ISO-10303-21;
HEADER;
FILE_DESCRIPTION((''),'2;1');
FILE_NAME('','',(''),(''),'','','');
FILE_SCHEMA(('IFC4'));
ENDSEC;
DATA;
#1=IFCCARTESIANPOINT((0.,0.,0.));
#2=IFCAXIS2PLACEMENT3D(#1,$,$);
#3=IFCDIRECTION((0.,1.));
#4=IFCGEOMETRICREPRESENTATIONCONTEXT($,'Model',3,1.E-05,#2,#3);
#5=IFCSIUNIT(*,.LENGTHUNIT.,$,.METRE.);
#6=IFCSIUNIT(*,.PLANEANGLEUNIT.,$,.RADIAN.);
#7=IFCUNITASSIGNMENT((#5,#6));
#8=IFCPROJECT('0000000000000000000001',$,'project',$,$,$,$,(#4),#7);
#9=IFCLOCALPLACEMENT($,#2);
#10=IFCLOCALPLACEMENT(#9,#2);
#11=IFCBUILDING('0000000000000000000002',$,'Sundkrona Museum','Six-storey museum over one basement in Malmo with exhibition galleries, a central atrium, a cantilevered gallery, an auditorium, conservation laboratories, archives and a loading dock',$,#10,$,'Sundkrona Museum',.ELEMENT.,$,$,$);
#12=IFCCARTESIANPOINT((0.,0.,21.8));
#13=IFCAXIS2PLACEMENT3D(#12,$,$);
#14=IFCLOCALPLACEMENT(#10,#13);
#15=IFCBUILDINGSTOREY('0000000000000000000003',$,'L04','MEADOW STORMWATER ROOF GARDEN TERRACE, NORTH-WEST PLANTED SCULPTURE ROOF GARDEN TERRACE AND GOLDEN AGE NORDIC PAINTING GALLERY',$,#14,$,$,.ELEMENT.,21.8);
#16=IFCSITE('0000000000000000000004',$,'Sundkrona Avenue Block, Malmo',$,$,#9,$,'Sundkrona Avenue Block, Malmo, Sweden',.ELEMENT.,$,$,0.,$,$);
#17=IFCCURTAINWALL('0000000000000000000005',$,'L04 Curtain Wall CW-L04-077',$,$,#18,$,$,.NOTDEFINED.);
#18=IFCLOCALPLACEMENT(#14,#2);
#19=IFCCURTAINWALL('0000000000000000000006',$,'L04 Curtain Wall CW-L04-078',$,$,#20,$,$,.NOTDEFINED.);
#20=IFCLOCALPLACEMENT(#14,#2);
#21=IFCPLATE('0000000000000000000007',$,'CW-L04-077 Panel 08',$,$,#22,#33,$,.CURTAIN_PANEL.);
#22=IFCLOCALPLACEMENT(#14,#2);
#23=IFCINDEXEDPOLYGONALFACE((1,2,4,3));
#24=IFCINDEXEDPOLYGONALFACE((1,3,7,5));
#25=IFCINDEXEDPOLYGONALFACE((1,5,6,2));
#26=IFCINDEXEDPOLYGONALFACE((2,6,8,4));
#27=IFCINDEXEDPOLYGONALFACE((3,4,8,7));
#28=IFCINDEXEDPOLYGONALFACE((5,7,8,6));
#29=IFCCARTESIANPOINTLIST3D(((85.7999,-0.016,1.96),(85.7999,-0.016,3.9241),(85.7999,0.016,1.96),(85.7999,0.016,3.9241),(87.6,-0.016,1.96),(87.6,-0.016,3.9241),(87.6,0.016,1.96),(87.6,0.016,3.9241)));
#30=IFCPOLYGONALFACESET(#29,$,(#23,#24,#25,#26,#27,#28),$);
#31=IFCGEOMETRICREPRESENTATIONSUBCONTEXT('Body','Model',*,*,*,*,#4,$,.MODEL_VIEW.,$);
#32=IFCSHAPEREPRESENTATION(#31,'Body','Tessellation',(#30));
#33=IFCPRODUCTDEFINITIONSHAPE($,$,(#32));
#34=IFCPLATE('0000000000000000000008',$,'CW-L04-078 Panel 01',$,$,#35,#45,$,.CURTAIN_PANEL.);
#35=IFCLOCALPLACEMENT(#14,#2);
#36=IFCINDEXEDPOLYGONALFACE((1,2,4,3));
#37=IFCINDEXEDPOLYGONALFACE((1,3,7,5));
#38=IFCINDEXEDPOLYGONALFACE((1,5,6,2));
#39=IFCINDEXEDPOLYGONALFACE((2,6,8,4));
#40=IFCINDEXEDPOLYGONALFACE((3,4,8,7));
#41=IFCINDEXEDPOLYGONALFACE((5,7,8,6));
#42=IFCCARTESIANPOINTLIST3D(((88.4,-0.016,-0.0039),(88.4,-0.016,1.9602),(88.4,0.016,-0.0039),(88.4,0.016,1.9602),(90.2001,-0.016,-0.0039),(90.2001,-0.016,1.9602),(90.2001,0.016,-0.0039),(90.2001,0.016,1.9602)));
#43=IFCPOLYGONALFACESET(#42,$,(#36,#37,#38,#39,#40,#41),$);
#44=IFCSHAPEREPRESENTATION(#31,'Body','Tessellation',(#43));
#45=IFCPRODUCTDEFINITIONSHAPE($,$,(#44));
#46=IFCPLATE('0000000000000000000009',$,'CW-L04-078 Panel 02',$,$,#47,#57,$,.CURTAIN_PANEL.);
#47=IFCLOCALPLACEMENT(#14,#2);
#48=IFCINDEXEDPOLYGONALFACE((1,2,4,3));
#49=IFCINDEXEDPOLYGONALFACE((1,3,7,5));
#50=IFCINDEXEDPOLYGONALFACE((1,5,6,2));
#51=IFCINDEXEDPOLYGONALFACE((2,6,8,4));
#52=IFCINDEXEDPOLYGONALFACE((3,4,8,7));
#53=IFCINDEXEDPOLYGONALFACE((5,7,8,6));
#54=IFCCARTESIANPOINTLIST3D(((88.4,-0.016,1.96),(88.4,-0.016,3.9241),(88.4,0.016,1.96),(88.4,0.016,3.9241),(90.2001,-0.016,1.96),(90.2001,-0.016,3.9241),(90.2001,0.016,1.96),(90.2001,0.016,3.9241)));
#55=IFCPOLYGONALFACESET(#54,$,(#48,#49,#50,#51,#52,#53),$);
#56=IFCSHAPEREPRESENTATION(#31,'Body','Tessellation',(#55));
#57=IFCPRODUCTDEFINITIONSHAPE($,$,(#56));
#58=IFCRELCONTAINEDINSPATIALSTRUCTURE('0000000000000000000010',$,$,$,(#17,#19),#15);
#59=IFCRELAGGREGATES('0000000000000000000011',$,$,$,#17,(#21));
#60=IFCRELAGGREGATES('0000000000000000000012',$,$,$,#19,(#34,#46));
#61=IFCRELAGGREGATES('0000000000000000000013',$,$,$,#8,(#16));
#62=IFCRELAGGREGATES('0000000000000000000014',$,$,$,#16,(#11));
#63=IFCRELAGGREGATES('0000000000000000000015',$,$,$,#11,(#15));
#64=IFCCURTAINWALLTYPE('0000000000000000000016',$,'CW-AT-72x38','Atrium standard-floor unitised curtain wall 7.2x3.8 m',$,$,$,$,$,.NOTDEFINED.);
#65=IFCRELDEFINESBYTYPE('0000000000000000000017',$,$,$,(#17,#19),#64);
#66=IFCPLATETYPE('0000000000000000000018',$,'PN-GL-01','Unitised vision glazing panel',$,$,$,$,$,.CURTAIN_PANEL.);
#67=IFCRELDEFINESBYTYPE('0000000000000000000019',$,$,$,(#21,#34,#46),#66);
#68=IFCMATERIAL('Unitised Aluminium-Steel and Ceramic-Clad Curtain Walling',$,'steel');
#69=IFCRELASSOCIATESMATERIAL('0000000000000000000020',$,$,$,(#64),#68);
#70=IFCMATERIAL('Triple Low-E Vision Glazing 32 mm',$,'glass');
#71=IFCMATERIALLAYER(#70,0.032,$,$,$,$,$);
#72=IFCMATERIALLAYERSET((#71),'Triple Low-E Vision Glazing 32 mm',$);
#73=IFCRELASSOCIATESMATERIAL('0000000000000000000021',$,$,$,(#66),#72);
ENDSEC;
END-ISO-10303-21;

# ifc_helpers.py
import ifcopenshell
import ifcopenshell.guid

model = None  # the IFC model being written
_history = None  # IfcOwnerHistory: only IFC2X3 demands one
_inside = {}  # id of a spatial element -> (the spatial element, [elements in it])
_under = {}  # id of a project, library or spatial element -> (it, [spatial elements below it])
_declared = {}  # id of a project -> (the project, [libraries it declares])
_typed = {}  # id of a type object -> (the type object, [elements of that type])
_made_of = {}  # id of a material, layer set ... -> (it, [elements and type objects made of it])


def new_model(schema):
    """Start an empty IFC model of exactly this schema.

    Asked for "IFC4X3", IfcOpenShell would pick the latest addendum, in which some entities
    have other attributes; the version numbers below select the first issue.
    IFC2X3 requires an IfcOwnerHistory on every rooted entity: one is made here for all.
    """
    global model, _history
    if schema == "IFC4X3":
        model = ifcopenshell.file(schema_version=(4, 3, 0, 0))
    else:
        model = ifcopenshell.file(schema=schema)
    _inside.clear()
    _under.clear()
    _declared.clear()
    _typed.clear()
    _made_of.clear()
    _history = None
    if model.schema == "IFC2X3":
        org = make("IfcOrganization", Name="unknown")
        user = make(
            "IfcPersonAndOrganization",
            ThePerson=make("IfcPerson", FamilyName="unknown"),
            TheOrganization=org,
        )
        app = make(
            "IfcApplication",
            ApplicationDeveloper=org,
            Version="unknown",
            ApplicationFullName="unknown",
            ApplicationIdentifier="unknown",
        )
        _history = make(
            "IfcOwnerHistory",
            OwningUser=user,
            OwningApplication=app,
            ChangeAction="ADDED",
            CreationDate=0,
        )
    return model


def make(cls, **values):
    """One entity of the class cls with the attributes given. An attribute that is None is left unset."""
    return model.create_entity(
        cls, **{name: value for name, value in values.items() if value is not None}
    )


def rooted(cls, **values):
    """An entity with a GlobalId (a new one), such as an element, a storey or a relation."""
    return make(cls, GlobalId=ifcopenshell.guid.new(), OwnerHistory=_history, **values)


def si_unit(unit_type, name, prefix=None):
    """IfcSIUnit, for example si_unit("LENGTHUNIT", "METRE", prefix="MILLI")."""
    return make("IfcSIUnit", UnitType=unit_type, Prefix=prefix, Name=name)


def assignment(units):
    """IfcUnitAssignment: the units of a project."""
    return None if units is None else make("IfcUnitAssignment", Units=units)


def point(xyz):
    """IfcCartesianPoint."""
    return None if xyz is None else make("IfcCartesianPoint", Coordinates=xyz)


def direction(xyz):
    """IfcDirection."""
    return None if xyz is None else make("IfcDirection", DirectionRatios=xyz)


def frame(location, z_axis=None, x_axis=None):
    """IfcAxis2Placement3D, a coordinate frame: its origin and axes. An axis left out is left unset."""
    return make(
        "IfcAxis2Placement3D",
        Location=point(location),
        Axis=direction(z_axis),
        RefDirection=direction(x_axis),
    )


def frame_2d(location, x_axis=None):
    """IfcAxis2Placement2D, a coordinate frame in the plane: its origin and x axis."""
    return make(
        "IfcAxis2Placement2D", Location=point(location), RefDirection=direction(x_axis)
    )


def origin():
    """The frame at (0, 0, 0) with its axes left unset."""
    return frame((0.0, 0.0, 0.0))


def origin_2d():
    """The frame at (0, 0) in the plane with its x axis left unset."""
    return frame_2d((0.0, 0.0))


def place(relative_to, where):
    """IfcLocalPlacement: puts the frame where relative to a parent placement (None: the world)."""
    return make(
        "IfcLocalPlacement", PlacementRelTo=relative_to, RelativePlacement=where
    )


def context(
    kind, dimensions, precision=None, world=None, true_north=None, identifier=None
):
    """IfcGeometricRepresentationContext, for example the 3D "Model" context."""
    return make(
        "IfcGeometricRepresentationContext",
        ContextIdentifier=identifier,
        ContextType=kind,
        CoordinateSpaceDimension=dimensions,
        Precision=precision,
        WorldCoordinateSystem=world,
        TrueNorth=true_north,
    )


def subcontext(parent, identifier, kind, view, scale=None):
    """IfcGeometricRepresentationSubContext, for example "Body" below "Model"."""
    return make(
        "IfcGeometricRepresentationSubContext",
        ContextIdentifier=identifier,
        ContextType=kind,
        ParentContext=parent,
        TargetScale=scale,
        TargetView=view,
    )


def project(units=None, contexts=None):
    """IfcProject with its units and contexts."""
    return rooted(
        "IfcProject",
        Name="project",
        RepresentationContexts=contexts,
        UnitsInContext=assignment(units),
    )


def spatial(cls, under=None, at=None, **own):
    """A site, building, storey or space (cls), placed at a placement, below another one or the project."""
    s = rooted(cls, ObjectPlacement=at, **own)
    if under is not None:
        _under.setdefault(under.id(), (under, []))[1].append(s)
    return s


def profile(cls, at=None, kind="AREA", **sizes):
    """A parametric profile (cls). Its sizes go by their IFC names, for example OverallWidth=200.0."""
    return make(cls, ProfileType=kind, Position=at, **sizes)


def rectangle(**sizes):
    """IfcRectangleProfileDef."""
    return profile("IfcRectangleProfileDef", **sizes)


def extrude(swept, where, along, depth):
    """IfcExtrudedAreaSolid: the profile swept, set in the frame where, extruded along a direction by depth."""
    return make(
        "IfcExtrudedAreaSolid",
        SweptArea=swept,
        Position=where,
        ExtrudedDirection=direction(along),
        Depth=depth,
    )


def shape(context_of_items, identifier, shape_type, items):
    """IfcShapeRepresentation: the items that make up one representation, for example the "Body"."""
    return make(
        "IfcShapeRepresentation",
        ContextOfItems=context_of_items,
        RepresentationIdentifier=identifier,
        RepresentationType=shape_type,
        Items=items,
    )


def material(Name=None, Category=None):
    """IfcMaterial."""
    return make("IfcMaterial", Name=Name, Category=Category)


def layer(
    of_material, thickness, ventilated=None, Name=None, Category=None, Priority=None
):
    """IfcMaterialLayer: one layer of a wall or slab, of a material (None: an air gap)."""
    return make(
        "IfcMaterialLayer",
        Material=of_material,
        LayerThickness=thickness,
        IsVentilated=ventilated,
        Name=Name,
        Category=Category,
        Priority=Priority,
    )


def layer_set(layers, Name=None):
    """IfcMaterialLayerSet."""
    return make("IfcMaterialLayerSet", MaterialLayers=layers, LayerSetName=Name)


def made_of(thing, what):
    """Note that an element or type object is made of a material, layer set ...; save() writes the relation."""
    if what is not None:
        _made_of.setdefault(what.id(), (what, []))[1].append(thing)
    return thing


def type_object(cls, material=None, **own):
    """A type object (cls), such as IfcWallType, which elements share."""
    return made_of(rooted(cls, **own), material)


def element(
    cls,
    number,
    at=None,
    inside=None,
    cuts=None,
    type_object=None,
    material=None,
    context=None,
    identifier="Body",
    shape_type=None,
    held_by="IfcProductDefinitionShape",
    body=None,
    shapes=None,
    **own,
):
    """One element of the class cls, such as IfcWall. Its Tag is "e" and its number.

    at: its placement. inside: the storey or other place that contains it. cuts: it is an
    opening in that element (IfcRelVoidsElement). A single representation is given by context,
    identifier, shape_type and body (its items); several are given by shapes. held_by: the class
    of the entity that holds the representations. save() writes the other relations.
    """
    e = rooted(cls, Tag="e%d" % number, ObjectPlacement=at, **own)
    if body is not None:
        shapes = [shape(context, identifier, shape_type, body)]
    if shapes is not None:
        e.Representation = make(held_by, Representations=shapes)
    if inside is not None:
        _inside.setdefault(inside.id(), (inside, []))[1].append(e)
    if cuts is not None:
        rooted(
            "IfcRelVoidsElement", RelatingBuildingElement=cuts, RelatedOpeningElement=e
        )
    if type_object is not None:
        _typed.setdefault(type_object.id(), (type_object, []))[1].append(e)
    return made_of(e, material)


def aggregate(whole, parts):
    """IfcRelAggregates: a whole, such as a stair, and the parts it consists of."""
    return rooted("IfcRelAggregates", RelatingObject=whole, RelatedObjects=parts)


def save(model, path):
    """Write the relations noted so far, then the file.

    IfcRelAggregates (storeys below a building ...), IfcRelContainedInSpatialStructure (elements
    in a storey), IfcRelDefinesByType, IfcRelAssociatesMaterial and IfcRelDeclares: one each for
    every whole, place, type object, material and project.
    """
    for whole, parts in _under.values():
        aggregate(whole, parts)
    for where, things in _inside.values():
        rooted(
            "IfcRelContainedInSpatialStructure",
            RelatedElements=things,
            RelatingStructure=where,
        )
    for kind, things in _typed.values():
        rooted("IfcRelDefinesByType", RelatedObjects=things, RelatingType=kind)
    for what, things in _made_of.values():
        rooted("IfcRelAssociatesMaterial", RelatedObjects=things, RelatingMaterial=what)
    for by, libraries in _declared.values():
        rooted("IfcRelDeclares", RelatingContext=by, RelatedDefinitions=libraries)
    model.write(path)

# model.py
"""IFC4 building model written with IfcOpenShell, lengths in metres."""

from ifc_helpers import new_model, si_unit, direction, frame, origin, origin_2d, place, context, subcontext, project, spatial, rectangle, extrude, material, layer, layer_set, type_object, element, aggregate, save


model = new_model("IFC4")

# Units and contexts
model_context = context("Model", 3, precision=1e-05, world=origin(), true_north=direction((0.0, 1.0)))
body_context = subcontext(model_context, "Body", "Model", "MODEL_VIEW")
ifc_project = project(units=[si_unit("LENGTHUNIT", "METRE"), si_unit("PLANEANGLEUNIT", "RADIAN")], contexts=[model_context])

# Site, building, storey
site_placement = place(None, origin())
site = spatial("IfcSite", under=ifc_project, at=site_placement, Name="Sundkrona Avenue Block, Malmo", LongName="Sundkrona Avenue Block, Malmo, Sweden", CompositionType="ELEMENT", RefElevation=0.0)
building_placement = place(site_placement, origin())
building = spatial("IfcBuilding", under=site, at=building_placement, Name="Sundkrona Museum", Description="Six-storey museum over one basement in Malmo with exhibition galleries, a central atrium, a cantilevered gallery, an auditorium, conservation laboratories, archives and a loading dock", LongName="Sundkrona Museum", CompositionType="ELEMENT")
storey_placement = place(building_placement, frame((0.0, 0.0, 21.8)))
storey = spatial("IfcBuildingStorey", under=building, at=storey_placement, Name="L04", Description="MEADOW STORMWATER ROOF GARDEN TERRACE, NORTH-WEST PLANTED SCULPTURE ROOF GARDEN TERRACE AND GOLDEN AGE NORDIC PAINTING GALLERY", CompositionType="ELEMENT", Elevation=21.8)

# Curtain walls
ifc_material_1 = material(Name="Unitised Aluminium-Steel and Ceramic-Clad Curtain Walling", Category="steel")
curtain_wall_type = type_object("IfcCurtainWallType", Name="CW-AT-72x38", Description="Atrium standard-floor unitised curtain wall 7.2x3.8 m", PredefinedType="NOTDEFINED", material=ifc_material_1)
curtain_wall_1_placement = place(storey_placement, origin())
curtain_wall_1 = element("IfcCurtainWall", 1, at=curtain_wall_1_placement, inside=storey, type_object=curtain_wall_type, Name="L04 Curtain Wall CW-L04-077", PredefinedType="NOTDEFINED")
curtain_wall_2_placement = place(storey_placement, origin())
curtain_wall_2 = element("IfcCurtainWall", 2, at=curtain_wall_2_placement, inside=storey, type_object=curtain_wall_type, Name="L04 Curtain Wall CW-L04-078", PredefinedType="NOTDEFINED")

# Plates
ifc_material_2 = material(Name="Triple Low-E Vision Glazing 32 mm", Category="glass")
ifc_layer = layer(ifc_material_2, 0.032)
ifc_layer_set = layer_set([ifc_layer], Name="Triple Low-E Vision Glazing 32 mm")
plate_type = type_object("IfcPlateType", Name="PN-GL-01", Description="Unitised vision glazing panel", PredefinedType="CURTAIN_PANEL", material=ifc_layer_set)
plate_1_placement = place(storey_placement, frame((86.7, 0.0, 1.96), z_axis=(0.0, 0.0, 1.0), x_axis=(1.0, 0.0, 0.0)))
plate_1 = element("IfcPlate", 3, at=plate_1_placement, type_object=plate_type, Name="CW-L04-077 Panel 08", PredefinedType="CURTAIN_PANEL", context=body_context, shape_type="SweptSolid", body=[
    extrude(rectangle(XDim=1.8, YDim=0.032, at=origin_2d()), origin(), (0.0, 0.0, 1.0), 1.9641),
])
aggregate(curtain_wall_1, [plate_1])
plate_2_placement = place(storey_placement, frame((89.3, 0.0, -0.0039), z_axis=(0.0, 0.0, 1.0), x_axis=(1.0, 0.0, 0.0)))
plate_2 = element("IfcPlate", 4, at=plate_2_placement, type_object=plate_type, Name="CW-L04-078 Panel 01", PredefinedType="CURTAIN_PANEL", context=body_context, shape_type="SweptSolid", body=[
    extrude(rectangle(XDim=1.8, YDim=0.032, at=origin_2d()), origin(), (0.0, 0.0, 1.0), 1.9641),
])
plate_3_placement = place(storey_placement, frame((89.3, 0.0, 1.96), z_axis=(0.0, 0.0, 1.0), x_axis=(1.0, 0.0, 0.0)))
plate_3 = element("IfcPlate", 5, at=plate_3_placement, type_object=plate_type, Name="CW-L04-078 Panel 02", PredefinedType="CURTAIN_PANEL", context=body_context, shape_type="SweptSolid", body=[
    extrude(rectangle(XDim=1.8, YDim=0.032, at=origin_2d()), origin(), (0.0, 0.0, 1.0), 1.9641),
])
aggregate(curtain_wall_2, [plate_2, plate_3])

save(model, "model.ifc")
